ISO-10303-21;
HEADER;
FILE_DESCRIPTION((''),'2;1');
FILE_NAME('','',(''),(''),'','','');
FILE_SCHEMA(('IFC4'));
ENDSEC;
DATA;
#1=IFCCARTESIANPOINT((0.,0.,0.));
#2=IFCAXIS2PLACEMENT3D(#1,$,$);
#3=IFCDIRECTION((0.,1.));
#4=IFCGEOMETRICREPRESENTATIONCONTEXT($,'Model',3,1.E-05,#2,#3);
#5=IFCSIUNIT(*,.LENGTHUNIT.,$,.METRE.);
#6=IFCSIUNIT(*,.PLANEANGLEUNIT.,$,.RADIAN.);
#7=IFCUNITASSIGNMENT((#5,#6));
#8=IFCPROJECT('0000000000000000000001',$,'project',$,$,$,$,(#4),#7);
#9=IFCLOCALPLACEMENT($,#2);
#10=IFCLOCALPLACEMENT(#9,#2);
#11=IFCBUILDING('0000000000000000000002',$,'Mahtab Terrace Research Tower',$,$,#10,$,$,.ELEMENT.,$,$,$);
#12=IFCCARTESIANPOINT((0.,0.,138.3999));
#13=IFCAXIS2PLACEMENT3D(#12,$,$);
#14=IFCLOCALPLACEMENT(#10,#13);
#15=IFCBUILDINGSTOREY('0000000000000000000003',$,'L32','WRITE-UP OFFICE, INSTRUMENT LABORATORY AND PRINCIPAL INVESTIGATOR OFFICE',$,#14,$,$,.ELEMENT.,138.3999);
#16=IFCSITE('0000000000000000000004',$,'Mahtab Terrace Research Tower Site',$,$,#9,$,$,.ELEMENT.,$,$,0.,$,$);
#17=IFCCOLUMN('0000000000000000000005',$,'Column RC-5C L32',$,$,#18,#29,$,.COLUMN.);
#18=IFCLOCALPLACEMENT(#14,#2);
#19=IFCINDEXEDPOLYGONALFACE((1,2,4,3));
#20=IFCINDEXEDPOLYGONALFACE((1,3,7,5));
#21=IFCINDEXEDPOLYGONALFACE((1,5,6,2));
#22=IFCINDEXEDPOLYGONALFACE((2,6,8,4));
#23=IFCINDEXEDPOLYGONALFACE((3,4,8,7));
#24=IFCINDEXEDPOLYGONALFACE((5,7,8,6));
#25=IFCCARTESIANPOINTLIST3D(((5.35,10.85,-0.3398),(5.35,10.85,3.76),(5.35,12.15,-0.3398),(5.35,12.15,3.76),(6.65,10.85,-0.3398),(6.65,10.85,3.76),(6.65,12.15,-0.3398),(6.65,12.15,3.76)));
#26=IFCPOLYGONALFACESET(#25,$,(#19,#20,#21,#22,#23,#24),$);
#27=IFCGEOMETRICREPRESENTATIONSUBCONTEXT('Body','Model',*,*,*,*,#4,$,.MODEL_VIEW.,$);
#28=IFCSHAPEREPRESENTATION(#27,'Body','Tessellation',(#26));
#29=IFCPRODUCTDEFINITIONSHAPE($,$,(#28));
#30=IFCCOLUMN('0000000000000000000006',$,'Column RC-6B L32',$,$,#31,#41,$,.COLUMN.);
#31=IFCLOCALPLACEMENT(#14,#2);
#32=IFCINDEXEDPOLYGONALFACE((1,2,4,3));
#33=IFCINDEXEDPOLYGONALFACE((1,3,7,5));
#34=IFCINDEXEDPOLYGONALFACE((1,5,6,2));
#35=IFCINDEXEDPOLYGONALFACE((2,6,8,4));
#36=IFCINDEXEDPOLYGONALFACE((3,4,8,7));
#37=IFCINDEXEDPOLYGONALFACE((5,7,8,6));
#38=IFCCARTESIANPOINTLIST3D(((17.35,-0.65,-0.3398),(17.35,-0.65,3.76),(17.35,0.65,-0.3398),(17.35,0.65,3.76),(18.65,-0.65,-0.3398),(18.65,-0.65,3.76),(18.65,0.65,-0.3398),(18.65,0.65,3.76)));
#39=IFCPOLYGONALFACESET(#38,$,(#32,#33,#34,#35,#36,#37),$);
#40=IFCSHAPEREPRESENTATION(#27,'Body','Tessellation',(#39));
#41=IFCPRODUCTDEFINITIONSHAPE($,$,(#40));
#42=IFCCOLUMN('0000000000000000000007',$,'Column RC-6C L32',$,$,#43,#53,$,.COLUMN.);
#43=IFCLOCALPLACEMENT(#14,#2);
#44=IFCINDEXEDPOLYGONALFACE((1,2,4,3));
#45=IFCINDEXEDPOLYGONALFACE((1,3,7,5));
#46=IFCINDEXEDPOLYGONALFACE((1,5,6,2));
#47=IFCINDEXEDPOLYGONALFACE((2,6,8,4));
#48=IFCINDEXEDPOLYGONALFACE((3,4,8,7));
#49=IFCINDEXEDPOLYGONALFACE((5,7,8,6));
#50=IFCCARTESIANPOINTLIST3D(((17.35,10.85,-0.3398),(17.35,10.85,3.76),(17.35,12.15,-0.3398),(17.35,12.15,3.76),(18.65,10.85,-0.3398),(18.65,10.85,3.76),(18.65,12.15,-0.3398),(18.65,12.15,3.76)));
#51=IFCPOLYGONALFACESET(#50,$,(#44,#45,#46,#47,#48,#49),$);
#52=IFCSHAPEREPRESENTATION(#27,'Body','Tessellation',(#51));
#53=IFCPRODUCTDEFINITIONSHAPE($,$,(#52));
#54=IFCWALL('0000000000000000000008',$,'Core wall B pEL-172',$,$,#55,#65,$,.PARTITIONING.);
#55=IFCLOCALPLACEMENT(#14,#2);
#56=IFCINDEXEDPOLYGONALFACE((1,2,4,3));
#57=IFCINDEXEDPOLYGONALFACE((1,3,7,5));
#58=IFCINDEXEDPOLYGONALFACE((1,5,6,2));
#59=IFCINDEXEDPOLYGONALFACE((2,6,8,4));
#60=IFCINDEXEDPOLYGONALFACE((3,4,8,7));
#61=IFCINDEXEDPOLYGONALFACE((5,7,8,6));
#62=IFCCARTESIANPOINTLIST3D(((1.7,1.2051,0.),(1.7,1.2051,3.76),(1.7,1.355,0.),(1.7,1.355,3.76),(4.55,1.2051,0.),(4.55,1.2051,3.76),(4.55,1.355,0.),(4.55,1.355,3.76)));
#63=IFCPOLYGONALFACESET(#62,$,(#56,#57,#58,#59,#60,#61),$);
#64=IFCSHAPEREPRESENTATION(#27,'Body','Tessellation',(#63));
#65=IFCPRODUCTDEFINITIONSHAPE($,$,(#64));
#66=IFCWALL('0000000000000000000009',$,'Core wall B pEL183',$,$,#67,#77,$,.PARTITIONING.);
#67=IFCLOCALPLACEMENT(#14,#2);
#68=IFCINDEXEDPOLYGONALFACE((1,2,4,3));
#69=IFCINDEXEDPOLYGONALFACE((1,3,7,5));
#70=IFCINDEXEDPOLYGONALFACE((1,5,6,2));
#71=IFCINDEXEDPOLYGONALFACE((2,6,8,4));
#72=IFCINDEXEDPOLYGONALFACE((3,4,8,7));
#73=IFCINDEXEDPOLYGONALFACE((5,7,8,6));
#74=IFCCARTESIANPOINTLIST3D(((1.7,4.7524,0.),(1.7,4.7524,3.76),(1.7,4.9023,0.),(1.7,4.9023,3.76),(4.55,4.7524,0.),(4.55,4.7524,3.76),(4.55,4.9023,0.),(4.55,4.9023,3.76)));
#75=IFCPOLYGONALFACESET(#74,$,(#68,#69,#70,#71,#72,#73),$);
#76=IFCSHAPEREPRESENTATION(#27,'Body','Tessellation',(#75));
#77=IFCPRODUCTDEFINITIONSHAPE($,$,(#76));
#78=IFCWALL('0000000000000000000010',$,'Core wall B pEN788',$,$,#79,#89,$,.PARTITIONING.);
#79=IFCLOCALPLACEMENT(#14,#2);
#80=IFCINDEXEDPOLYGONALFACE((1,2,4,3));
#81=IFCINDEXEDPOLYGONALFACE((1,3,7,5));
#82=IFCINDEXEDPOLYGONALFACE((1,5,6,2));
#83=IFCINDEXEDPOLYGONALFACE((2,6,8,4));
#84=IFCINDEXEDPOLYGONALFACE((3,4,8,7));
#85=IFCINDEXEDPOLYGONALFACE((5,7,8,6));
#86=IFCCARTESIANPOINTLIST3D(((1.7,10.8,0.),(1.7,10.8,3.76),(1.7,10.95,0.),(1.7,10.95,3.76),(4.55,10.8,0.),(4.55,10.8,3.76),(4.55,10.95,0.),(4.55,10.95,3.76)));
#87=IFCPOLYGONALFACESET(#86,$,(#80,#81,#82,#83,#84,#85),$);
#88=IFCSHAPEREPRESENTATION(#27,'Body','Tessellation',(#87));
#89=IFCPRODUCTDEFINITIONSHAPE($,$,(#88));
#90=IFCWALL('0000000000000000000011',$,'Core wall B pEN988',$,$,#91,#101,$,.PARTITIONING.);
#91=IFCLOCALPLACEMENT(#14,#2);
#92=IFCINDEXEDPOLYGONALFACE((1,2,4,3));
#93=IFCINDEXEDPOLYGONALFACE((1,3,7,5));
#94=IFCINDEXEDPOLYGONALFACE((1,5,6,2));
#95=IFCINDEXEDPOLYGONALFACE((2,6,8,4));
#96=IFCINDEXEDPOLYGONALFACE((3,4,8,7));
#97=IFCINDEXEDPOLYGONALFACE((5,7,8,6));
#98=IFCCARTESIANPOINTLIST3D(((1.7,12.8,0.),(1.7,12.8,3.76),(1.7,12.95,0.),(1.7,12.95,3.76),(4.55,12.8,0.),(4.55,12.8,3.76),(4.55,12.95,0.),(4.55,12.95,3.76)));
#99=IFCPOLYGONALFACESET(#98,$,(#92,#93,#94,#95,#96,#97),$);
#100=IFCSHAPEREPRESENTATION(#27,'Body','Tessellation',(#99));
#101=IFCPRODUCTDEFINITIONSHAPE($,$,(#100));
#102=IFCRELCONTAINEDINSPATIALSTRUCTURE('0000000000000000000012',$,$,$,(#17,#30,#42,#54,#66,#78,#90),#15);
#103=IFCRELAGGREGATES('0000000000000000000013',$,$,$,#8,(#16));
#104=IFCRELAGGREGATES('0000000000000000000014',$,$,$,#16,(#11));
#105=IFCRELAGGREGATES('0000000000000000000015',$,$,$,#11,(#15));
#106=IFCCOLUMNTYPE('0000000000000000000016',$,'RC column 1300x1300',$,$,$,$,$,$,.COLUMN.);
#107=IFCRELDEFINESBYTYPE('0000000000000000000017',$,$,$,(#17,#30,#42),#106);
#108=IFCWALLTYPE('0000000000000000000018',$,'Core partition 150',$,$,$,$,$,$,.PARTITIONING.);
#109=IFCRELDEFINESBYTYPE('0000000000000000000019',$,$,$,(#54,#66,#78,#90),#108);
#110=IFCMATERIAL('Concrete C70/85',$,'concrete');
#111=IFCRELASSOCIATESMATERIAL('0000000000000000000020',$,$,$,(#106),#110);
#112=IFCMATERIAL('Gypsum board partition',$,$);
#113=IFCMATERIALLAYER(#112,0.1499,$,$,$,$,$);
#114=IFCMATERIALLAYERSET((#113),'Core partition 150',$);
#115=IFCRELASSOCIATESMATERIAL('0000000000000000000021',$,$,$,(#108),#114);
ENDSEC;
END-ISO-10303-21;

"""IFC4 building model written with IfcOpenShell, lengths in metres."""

from ifc_helpers import new_model, si_unit, direction, frame, frame_2d, origin, origin_2d, place, context, subcontext, project, spatial, rectangle, extrude, material, layer, layer_set, material_profile, profile_set, type_object, element, save


model = new_model("IFC4")

# Units and contexts
model_context = context("Model", 3, precision=1e-05, world=origin(), true_north=direction((0.0, 1.0)))
body_context = subcontext(model_context, "Body", "Model", "MODEL_VIEW")
ifc_project = project(units=[si_unit("LENGTHUNIT", "METRE"), si_unit("PLANEANGLEUNIT", "RADIAN")], contexts=[model_context])

# Site, building, storey
site_placement = place(None, origin())
site = spatial("IfcSite", under=ifc_project, at=site_placement, Name="Mahtab Terrace Research Tower Site", CompositionType="ELEMENT", RefElevation=0.0)
building_placement = place(site_placement, origin())
building = spatial("IfcBuilding", under=site, at=building_placement, Name="Mahtab Terrace Research Tower", CompositionType="ELEMENT")
storey_placement = place(building_placement, frame((0.0, 0.0, 138.3999)))
storey = spatial("IfcBuildingStorey", under=building, at=storey_placement, Name="L32", Description="WRITE-UP OFFICE, INSTRUMENT LABORATORY AND PRINCIPAL INVESTIGATOR OFFICE", CompositionType="ELEMENT", Elevation=138.3999)

# Columns
ifc_material_1 = material(Name="Concrete C70/85", Category="concrete")
ifc_material_profile = material_profile(ifc_material_1, rectangle(XDim=1.3, YDim=1.3, at=origin_2d()), Name="RC column 1300x1300")
ifc_profile_set = profile_set([ifc_material_profile], Name="Concrete C70/85")
column_type = type_object("IfcColumnType", Name="RC column 1300x1300", PredefinedType="COLUMN", material=ifc_profile_set)
for number, where, z_axis, x_axis, name in (
    (1, (6.0, 11.5, -0.3398), (0.0, 0.0, 1.0), (1.0, 0.0, 0.0), "Column RC-5C L32"),
    (2, (18.0, 0.0, -0.3398), (0.0, 0.0, 1.0), (1.0, 0.0, 0.0), "Column RC-6B L32"),
    (3, (18.0, 11.5, -0.3398), (0.0, 0.0, 1.0), (1.0, 0.0, 0.0), "Column RC-6C L32"),
):
    element("IfcColumn", number, at=place(storey_placement, frame(where, z_axis=z_axis, x_axis=x_axis)), inside=storey, type_object=column_type, Name=name, PredefinedType="COLUMN", context=body_context, shape_type="SweptSolid", body=[
        extrude(rectangle(XDim=1.3, YDim=1.3, at=origin_2d()), origin(), (0.0, 0.0, 1.0), 4.0999),
    ])

# Walls
ifc_material_2 = material(Name="Gypsum board partition")
ifc_layer_1 = layer(ifc_material_2, 0.1499)
ifc_layer_set_1 = layer_set([ifc_layer_1], Name="Core partition 150")
wall_type_1 = type_object("IfcWallType", Name="Core partition 150", PredefinedType="PARTITIONING", material=ifc_layer_set_1)
for number, where, z_axis, x_axis, name in (
    (4, (1.7, 1.28, 0.0), (0.0, 0.0, 1.0), (1.0, 0.0, 0.0), "Core wall B pEL-172"),
    (5, (1.7, 4.8274, 0.0), (0.0, 0.0, 1.0), (1.0, 0.0, 0.0), "Core wall B pEL183"),
    (6, (1.7, 10.875, 0.0), (0.0, 0.0, 1.0), (1.0, 0.0, 0.0), "Core wall B pEN788"),
    (7, (1.7, 12.875, 0.0), (0.0, 0.0, 1.0), (1.0, 0.0, 0.0), "Core wall B pEN988"),
):
    element("IfcWall", number, at=place(storey_placement, frame(where, z_axis=z_axis, x_axis=x_axis)), inside=storey, type_object=wall_type_1, Name=name, PredefinedType="PARTITIONING", context=body_context, shape_type="SweptSolid", body=[
        extrude(rectangle(XDim=2.8501, YDim=0.1499, at=frame_2d((1.425, 0.0))), origin(), (0.0, 0.0, 1.0), 3.76),
    ])

save(model, "model.ifc")
